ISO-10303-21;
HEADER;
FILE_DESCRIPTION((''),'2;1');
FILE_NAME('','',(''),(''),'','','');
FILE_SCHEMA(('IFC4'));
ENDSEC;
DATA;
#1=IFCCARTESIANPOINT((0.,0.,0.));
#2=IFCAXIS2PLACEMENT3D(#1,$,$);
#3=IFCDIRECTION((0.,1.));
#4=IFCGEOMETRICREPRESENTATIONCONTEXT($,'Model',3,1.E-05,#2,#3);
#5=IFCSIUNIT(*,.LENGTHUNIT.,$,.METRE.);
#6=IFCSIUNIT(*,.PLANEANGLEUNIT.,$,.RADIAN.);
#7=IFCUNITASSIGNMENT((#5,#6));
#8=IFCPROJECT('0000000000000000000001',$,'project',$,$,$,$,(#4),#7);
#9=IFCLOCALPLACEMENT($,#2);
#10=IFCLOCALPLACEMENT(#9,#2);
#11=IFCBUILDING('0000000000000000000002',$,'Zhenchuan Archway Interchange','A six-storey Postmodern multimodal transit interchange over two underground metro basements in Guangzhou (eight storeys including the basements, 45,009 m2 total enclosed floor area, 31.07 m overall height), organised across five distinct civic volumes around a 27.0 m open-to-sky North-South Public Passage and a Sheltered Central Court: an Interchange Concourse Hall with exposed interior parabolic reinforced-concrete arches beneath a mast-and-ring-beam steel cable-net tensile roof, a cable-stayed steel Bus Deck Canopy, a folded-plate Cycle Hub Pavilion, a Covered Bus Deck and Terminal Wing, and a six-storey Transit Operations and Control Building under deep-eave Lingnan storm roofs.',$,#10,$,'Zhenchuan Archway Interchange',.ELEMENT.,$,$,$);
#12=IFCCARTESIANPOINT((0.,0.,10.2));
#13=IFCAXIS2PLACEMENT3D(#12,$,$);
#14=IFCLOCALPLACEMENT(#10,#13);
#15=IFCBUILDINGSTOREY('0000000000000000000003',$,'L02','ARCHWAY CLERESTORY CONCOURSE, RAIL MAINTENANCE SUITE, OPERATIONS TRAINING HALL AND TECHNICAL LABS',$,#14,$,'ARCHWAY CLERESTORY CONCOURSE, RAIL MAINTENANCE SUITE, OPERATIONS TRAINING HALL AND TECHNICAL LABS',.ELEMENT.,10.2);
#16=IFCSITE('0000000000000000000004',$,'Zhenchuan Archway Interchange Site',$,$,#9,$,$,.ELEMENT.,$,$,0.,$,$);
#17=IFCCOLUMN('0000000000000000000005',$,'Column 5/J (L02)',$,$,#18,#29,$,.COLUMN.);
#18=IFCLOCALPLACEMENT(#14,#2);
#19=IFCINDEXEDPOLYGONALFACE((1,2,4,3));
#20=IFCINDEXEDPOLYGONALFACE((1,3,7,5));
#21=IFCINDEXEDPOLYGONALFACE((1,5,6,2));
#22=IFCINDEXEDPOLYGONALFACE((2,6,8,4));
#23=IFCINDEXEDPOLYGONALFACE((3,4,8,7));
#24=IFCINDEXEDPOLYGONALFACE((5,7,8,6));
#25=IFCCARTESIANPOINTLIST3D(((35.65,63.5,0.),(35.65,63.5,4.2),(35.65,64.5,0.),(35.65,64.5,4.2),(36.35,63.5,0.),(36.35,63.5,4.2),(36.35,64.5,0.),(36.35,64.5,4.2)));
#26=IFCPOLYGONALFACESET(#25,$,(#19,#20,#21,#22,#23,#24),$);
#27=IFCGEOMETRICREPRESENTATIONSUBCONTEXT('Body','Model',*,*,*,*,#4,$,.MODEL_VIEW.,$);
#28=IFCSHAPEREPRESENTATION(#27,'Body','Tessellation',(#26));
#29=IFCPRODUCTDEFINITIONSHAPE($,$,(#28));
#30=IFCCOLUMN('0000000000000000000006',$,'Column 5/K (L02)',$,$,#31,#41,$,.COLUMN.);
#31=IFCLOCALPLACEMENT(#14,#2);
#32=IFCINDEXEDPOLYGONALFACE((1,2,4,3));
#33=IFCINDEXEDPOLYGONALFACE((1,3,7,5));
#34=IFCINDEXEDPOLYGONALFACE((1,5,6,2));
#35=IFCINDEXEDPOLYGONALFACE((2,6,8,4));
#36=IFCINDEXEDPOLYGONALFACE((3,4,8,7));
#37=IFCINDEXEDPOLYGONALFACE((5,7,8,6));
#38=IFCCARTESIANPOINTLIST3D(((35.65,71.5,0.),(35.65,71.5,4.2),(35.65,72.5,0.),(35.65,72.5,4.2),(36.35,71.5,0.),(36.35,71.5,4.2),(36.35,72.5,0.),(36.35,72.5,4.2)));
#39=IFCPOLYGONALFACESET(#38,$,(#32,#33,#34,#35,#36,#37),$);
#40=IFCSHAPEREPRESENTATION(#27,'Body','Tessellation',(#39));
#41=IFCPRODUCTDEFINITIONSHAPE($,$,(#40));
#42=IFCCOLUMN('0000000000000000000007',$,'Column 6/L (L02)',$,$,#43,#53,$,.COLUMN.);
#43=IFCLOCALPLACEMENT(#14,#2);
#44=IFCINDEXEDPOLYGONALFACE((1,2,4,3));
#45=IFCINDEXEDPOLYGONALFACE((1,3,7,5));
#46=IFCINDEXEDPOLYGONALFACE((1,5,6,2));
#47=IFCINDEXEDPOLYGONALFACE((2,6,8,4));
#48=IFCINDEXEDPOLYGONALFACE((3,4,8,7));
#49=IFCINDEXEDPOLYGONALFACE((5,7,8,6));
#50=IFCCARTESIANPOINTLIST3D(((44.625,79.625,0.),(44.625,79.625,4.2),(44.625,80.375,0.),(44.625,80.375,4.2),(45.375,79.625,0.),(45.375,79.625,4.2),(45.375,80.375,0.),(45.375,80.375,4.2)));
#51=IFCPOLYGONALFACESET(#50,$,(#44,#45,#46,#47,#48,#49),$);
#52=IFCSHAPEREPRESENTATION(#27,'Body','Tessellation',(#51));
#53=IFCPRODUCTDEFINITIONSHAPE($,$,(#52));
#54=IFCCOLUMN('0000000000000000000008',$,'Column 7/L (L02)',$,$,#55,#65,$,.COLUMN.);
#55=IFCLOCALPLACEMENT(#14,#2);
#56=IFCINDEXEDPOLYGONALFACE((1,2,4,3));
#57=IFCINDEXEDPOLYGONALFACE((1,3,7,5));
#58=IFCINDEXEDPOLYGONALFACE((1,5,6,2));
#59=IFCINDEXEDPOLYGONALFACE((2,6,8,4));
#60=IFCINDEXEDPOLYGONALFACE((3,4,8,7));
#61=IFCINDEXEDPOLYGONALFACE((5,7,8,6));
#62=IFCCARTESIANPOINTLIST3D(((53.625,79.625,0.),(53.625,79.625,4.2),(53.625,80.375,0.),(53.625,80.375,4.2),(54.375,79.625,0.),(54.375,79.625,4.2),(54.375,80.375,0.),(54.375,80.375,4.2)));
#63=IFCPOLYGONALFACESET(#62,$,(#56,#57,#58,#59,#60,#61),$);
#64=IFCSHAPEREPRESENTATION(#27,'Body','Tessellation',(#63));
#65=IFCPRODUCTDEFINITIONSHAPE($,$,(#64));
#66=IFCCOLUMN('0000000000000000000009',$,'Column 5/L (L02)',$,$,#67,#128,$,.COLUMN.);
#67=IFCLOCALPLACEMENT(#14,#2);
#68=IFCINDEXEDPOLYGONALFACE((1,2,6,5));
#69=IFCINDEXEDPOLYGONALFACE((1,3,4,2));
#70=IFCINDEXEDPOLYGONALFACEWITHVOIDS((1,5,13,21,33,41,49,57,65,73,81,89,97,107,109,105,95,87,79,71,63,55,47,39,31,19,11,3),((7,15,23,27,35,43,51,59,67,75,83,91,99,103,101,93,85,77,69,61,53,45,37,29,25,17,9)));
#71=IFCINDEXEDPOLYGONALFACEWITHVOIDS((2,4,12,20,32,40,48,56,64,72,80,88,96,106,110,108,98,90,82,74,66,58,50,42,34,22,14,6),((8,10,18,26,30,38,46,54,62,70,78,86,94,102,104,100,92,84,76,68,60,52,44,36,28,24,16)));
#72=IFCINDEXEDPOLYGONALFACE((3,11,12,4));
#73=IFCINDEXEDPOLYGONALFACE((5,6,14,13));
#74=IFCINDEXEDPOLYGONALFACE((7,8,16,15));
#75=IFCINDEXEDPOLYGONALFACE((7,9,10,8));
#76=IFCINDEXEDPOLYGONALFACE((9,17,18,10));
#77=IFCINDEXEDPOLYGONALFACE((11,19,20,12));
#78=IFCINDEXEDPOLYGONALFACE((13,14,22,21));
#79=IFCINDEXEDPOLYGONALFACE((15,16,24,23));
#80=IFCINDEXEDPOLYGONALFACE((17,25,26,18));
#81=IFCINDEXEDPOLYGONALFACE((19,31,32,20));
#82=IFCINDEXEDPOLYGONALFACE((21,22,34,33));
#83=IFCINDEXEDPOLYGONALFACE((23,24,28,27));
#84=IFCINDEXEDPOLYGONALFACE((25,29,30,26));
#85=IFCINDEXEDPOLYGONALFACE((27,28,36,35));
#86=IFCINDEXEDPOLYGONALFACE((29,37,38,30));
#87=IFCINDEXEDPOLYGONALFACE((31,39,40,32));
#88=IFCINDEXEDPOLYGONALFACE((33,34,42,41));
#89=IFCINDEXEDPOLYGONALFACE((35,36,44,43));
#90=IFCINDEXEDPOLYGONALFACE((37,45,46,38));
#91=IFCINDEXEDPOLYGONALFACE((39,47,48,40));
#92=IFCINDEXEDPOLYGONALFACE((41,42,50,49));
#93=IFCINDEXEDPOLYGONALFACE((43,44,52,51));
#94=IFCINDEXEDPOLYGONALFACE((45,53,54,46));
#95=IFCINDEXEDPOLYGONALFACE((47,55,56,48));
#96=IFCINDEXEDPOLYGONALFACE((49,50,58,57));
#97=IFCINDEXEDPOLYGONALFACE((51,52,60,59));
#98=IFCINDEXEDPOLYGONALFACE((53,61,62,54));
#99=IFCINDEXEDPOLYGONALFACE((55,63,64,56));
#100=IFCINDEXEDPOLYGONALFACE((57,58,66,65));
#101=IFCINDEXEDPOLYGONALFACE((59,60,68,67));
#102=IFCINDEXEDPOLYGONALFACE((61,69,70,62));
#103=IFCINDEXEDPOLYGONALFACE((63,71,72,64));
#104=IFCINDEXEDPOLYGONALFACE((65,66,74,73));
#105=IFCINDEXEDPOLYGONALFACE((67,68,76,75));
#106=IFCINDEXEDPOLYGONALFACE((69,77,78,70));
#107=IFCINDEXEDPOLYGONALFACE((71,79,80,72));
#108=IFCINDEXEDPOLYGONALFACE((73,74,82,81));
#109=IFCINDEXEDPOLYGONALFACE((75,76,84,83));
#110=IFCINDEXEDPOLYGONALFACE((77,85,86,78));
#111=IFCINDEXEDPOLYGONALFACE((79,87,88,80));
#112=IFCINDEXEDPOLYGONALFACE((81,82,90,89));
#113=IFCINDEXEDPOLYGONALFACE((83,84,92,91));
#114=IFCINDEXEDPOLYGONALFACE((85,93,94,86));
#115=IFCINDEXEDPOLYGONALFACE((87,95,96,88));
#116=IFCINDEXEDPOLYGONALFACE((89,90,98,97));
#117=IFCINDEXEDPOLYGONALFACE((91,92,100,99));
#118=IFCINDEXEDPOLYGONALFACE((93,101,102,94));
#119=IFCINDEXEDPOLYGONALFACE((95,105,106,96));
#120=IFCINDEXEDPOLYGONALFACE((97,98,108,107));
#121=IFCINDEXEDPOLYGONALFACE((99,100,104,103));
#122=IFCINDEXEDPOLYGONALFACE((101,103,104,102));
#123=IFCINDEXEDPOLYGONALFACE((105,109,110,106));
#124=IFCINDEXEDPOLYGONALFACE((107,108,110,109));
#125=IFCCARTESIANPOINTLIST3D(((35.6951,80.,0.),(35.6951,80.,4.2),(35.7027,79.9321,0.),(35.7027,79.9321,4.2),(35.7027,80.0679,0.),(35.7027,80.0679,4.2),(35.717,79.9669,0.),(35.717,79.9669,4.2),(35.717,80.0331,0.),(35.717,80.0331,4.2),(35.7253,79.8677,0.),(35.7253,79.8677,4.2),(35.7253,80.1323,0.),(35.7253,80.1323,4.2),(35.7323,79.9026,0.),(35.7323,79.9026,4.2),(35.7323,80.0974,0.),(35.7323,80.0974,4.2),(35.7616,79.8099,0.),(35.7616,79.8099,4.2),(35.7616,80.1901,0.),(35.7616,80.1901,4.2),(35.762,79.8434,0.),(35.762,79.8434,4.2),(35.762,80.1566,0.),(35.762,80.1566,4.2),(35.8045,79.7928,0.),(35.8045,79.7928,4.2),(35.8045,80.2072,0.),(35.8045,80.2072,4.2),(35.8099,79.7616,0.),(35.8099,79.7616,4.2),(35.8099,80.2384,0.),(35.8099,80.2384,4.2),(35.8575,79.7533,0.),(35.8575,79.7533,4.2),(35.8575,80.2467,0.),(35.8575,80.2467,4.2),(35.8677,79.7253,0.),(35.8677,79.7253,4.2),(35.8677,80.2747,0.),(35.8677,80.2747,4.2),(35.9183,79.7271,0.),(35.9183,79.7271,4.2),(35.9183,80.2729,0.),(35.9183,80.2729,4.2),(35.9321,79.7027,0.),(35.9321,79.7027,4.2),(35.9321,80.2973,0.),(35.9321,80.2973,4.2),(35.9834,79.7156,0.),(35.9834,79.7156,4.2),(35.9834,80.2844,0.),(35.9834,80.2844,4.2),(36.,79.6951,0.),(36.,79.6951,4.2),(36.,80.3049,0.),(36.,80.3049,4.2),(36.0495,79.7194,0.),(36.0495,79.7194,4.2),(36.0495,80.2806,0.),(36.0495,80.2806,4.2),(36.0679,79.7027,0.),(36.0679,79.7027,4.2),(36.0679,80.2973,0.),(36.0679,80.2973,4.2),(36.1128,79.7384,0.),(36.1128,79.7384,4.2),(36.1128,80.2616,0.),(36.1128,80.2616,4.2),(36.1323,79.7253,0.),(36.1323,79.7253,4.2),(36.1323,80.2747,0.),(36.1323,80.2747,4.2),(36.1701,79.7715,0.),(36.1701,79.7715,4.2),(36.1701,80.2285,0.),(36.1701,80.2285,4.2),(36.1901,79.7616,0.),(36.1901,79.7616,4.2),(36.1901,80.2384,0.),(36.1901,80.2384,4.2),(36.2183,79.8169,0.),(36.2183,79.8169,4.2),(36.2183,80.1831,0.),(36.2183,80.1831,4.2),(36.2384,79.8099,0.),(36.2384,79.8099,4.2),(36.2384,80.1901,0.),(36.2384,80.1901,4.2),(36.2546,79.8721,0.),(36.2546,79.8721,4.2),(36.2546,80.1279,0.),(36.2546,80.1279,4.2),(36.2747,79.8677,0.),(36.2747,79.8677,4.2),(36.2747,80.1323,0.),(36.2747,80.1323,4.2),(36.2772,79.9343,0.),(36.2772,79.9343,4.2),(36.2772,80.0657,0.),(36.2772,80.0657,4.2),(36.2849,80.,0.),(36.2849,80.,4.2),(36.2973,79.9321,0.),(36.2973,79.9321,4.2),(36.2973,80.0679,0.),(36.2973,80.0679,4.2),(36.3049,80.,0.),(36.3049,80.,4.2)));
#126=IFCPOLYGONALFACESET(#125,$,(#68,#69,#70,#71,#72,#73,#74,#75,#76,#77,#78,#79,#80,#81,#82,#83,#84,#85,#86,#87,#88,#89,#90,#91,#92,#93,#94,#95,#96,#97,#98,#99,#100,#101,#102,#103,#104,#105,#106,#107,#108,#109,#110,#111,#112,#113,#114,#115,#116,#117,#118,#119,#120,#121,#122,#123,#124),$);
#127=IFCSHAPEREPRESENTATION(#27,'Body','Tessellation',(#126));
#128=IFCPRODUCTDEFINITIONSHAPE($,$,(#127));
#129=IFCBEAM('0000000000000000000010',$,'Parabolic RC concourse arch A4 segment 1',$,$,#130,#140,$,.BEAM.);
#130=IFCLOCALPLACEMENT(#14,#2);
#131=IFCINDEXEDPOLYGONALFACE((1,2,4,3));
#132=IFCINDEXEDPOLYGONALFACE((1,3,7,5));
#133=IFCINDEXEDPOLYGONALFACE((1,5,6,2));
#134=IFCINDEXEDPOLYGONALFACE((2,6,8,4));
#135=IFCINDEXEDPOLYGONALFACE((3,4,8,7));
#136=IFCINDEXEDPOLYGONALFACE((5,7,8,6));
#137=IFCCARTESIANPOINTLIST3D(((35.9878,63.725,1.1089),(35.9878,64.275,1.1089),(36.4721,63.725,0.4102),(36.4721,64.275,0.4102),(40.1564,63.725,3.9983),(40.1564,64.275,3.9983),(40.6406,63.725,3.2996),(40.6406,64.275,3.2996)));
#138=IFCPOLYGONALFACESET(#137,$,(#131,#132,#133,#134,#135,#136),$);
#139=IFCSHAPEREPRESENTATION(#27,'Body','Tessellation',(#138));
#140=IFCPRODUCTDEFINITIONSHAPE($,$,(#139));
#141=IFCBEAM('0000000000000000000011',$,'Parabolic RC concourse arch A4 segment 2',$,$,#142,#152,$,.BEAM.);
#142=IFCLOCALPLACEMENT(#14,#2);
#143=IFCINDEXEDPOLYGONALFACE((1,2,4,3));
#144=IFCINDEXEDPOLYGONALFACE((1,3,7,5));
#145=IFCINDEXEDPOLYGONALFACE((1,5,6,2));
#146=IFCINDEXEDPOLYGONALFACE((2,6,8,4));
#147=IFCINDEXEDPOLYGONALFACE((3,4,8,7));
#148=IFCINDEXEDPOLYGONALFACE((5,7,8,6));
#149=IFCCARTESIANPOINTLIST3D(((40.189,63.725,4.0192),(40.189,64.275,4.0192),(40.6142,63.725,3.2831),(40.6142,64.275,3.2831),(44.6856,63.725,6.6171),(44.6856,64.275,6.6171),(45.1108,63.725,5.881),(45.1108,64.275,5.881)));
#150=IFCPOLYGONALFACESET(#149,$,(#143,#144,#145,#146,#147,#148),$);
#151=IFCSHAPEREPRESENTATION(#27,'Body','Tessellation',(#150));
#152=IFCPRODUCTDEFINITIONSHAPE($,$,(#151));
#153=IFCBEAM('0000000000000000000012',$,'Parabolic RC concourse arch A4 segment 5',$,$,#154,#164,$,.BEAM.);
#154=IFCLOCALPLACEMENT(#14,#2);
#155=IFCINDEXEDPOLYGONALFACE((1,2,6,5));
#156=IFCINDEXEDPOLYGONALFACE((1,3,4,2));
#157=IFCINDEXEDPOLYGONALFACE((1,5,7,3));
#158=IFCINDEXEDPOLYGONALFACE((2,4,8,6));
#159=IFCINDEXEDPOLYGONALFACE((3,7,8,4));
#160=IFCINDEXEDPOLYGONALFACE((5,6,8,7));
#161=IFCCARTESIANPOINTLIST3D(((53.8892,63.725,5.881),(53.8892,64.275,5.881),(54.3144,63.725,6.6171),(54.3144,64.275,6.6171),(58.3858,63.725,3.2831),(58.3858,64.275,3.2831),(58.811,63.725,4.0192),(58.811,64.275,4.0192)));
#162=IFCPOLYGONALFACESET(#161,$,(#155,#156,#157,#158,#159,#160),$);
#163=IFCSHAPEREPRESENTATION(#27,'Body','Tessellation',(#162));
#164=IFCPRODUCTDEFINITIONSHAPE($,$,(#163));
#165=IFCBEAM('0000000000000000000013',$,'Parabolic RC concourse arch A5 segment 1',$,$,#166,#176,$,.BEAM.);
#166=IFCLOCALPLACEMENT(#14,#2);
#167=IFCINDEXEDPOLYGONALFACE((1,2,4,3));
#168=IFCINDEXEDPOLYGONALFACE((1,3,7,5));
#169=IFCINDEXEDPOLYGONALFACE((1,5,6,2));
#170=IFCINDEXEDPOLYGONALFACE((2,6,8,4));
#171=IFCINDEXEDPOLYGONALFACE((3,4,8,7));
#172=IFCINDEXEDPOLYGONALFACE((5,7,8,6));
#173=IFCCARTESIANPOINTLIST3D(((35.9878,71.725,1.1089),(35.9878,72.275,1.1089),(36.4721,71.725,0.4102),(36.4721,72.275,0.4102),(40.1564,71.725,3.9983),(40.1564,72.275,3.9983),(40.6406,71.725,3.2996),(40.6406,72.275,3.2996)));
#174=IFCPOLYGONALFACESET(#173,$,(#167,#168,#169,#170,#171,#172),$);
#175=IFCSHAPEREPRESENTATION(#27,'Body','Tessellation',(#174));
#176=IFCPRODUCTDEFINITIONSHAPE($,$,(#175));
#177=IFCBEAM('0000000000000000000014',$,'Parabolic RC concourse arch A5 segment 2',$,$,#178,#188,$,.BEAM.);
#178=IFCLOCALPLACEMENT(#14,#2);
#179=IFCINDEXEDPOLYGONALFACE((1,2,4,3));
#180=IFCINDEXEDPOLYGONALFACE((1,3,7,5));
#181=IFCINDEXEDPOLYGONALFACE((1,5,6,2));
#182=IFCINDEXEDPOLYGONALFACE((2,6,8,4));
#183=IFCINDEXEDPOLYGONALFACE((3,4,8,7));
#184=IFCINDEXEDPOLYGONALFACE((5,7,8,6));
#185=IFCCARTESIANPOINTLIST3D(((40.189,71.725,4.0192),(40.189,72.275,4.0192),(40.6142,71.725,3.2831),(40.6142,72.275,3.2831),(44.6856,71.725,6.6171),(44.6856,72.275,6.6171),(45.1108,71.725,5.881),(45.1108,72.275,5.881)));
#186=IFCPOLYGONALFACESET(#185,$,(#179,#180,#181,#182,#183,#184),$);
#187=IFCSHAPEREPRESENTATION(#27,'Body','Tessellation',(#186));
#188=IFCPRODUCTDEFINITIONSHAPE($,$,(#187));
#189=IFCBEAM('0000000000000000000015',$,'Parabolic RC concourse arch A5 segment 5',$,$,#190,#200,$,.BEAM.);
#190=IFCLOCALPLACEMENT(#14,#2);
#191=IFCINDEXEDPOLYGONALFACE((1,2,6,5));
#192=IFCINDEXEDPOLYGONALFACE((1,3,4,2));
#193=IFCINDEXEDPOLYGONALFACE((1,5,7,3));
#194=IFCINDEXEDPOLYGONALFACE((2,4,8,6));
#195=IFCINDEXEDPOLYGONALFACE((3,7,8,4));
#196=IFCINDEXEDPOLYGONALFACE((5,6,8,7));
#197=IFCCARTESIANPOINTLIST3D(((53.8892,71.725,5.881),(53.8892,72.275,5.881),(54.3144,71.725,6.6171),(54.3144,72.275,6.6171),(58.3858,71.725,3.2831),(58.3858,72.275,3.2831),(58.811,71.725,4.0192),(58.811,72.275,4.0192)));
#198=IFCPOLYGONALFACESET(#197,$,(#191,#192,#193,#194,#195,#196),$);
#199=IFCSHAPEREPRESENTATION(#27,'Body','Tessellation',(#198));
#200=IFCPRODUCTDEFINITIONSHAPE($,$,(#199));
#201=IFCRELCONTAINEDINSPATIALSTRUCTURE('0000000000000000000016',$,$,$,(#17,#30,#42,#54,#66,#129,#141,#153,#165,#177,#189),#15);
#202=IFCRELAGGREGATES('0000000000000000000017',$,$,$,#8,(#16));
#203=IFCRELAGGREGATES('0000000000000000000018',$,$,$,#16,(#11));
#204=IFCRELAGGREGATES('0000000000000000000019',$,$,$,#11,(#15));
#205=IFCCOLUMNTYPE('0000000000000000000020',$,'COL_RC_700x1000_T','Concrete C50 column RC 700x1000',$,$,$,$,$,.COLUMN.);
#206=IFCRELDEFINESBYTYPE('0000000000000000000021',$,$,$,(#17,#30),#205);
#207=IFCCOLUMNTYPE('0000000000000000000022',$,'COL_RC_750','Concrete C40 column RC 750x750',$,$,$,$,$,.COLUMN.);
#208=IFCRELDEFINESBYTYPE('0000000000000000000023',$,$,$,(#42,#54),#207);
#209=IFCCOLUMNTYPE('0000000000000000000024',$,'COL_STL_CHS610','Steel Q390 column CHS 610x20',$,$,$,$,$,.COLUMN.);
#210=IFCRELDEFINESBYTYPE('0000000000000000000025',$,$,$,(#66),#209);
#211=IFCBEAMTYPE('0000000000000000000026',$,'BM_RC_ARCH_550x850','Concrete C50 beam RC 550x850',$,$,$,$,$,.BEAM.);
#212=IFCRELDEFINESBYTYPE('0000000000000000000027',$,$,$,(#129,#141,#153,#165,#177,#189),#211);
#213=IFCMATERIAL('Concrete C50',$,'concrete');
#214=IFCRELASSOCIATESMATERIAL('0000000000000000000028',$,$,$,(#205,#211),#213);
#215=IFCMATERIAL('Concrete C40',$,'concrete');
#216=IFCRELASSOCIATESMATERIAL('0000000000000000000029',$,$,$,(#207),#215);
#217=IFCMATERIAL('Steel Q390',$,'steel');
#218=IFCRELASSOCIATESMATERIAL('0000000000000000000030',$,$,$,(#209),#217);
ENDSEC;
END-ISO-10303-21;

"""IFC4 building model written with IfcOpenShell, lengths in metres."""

from ifc_helpers import new_model, si_unit, direction, frame, origin, origin_2d, place, context, subcontext, project, spatial, rectangle, hollow_circle, extrude, material, material_profile, profile_set, type_object, element, save


model = new_model("IFC4")

# Units and contexts
model_context = context("Model", 3, precision=1e-05, world=origin(), true_north=direction((0.0, 1.0)))
body_context = subcontext(model_context, "Body", "Model", "MODEL_VIEW")
ifc_project = project(units=[si_unit("LENGTHUNIT", "METRE"), si_unit("PLANEANGLEUNIT", "RADIAN")], contexts=[model_context])

# Site, building, storey
site_placement = place(None, origin())
site = spatial("IfcSite", under=ifc_project, at=site_placement, Name="Zhenchuan Archway Interchange Site", CompositionType="ELEMENT", RefElevation=0.0)
building_placement = place(site_placement, origin())
building = spatial("IfcBuilding", under=site, at=building_placement, Name="Zhenchuan Archway Interchange", Description="A six-storey Postmodern multimodal transit interchange over two underground metro basements in Guangzhou (eight storeys including the basements, 45,009 m2 total enclosed floor area, 31.07 m overall height), organised across five distinct civic volumes around a 27.0 m open-to-sky North-South Public Passage and a Sheltered Central Court: an Interchange Concourse Hall with exposed interior parabolic reinforced-concrete arches beneath a mast-and-ring-beam steel cable-net tensile roof, a cable-stayed steel Bus Deck Canopy, a folded-plate Cycle Hub Pavilion, a Covered Bus Deck and Terminal Wing, and a six-storey Transit Operations and Control Building under deep-eave Lingnan storm roofs.", LongName="Zhenchuan Archway Interchange", CompositionType="ELEMENT")
storey_placement = place(building_placement, frame((0.0, 0.0, 10.2)))
storey = spatial("IfcBuildingStorey", under=building, at=storey_placement, Name="L02", Description="ARCHWAY CLERESTORY CONCOURSE, RAIL MAINTENANCE SUITE, OPERATIONS TRAINING HALL AND TECHNICAL LABS", LongName="ARCHWAY CLERESTORY CONCOURSE, RAIL MAINTENANCE SUITE, OPERATIONS TRAINING HALL AND TECHNICAL LABS", CompositionType="ELEMENT", Elevation=10.2)

# Columns
ifc_material_1 = material(Name="Concrete C50", Category="concrete")
ifc_material_profile_1 = material_profile(ifc_material_1, rectangle(XDim=0.7, YDim=1.0, at=origin_2d()), Name="RC 700x1000")
ifc_profile_set_1 = profile_set([ifc_material_profile_1], Name="Concrete C50")
column_type_1 = type_object("IfcColumnType", Name="COL_RC_700x1000_T", Description="Concrete C50 column RC 700x1000", PredefinedType="COLUMN", material=ifc_profile_set_1)
for number, where, z_axis, x_axis, name in (
    (1, (36.0, 64.0, 0.0), (0.0, 0.0, 1.0), (1.0, 0.0, 0.0), "Column 5/J (L02)"),
    (2, (36.0, 72.0, 0.0), (0.0, 0.0, 1.0), (1.0, 0.0, 0.0), "Column 5/K (L02)"),
):
    element("IfcColumn", number, at=place(storey_placement, frame(where, z_axis=z_axis, x_axis=x_axis)), inside=storey, type_object=column_type_1, Name=name, PredefinedType="COLUMN", context=body_context, shape_type="SweptSolid", body=[
        extrude(rectangle(XDim=0.7, YDim=1.0, at=origin_2d()), origin(), (0.0, 0.0, 1.0), 4.2),
    ])
ifc_material_2 = material(Name="Concrete C40", Category="concrete")
ifc_material_profile_2 = material_profile(ifc_material_2, rectangle(XDim=0.75, YDim=0.75, at=origin_2d()), Name="RC 750x750")
ifc_profile_set_2 = profile_set([ifc_material_profile_2], Name="Concrete C40")
column_type_2 = type_object("IfcColumnType", Name="COL_RC_750", Description="Concrete C40 column RC 750x750", PredefinedType="COLUMN", material=ifc_profile_set_2)
for number, where, z_axis, x_axis, name in (
    (3, (45.0, 80.0, 0.0), (0.0, 0.0, 1.0), (1.0, 0.0, 0.0), "Column 6/L (L02)"),
    (4, (54.0, 80.0, 0.0), (0.0, 0.0, 1.0), (1.0, 0.0, 0.0), "Column 7/L (L02)"),
):
    element("IfcColumn", number, at=place(storey_placement, frame(where, z_axis=z_axis, x_axis=x_axis)), inside=storey, type_object=column_type_2, Name=name, PredefinedType="COLUMN", context=body_context, shape_type="SweptSolid", body=[
        extrude(rectangle(XDim=0.75, YDim=0.75, at=origin_2d()), origin(), (0.0, 0.0, 1.0), 4.2),
    ])
ifc_material_3 = material(Name="Steel Q390", Category="steel")
ifc_material_profile_3 = material_profile(ifc_material_3, hollow_circle(Radius=0.3049, WallThickness=0.02, at=origin_2d()), Name="CHS 610x20")
ifc_profile_set_3 = profile_set([ifc_material_profile_3], Name="Steel Q390")
column_type_3 = type_object("IfcColumnType", Name="COL_STL_CHS610", Description="Steel Q390 column CHS 610x20", PredefinedType="COLUMN", material=ifc_profile_set_3)
column_placement = place(storey_placement, frame((36.0, 80.0, 0.0), z_axis=(0.0, 0.0, 1.0), x_axis=(1.0, 0.0, 0.0)))
element("IfcColumn", 5, at=column_placement, inside=storey, type_object=column_type_3, Name="Column 5/L (L02)", PredefinedType="COLUMN", context=body_context, shape_type="SweptSolid", body=[
    extrude(hollow_circle(Radius=0.3049, WallThickness=0.02, at=origin_2d()), origin(), (0.0, 0.0, 1.0), 4.2),
])

# Beams
ifc_material_profile_4 = material_profile(ifc_material_1, rectangle(XDim=0.55, YDim=0.8501, at=origin_2d()), Name="RC 550x850")
ifc_profile_set_4 = profile_set([ifc_material_profile_4], Name="Concrete C50")
beam_type_1 = type_object("IfcBeamType", Name="BM_RC_ARCH_550x850", Description="Concrete C50 beam RC 550x850", PredefinedType="BEAM", material=ifc_profile_set_4)
beam_1_placement = place(storey_placement, frame((36.23, 64.0, 0.7595), z_axis=(0.821865, 0.0, 0.569683), x_axis=(0.0, 1.0, 0.0)))
element("IfcBeam", 6, at=beam_1_placement, inside=storey, type_object=beam_type_1, Name="Parabolic RC concourse arch A4 segment 1", PredefinedType="BEAM", context=body_context, shape_type="SweptSolid", body=[
    extrude(rectangle(XDim=0.55, YDim=0.8501, at=origin_2d()), origin(), (0.0, 0.0, 1.0), 5.072),
])
for number, where, z_axis, x_axis, name in (
    (7, (40.4016, 64.0, 3.6511), (0.865875, 0.0, 0.50026), (0.0, 1.0, 0.0), "Parabolic RC concourse arch A4 segment 2"),
    (8, (54.1018, 64.0, 6.249), (0.865875, 0.0, -0.50026), (0.0, 1.0, 0.0), "Parabolic RC concourse arch A4 segment 5"),
):
    element("IfcBeam", number, at=place(storey_placement, frame(where, z_axis=z_axis, x_axis=x_axis)), inside=storey, type_object=beam_type_1, Name=name, PredefinedType="BEAM", context=body_context, shape_type="SweptSolid", body=[
        extrude(rectangle(XDim=0.55, YDim=0.8501, at=origin_2d()), origin(), (0.0, 0.0, 1.0), 5.1931),
    ])
beam_2_placement = place(storey_placement, frame((36.23, 72.0, 0.7595), z_axis=(0.821865, 0.0, 0.569683), x_axis=(0.0, 1.0, 0.0)))
element("IfcBeam", 9, at=beam_2_placement, inside=storey, type_object=beam_type_1, Name="Parabolic RC concourse arch A5 segment 1", PredefinedType="BEAM", context=body_context, shape_type="SweptSolid", body=[
    extrude(rectangle(XDim=0.55, YDim=0.8501, at=origin_2d()), origin(), (0.0, 0.0, 1.0), 5.072),
])
for number, where, z_axis, x_axis, name in (
    (10, (40.4016, 72.0, 3.6511), (0.865875, 0.0, 0.50026), (0.0, 1.0, 0.0), "Parabolic RC concourse arch A5 segment 2"),
    (11, (54.1018, 72.0, 6.249), (0.865875, 0.0, -0.50026), (0.0, 1.0, 0.0), "Parabolic RC concourse arch A5 segment 5"),
):
    element("IfcBeam", number, at=place(storey_placement, frame(where, z_axis=z_axis, x_axis=x_axis)), inside=storey, type_object=beam_type_1, Name=name, PredefinedType="BEAM", context=body_context, shape_type="SweptSolid", body=[
        extrude(rectangle(XDim=0.55, YDim=0.8501, at=origin_2d()), origin(), (0.0, 0.0, 1.0), 5.1931),
    ])

save(model, "model.ifc")
